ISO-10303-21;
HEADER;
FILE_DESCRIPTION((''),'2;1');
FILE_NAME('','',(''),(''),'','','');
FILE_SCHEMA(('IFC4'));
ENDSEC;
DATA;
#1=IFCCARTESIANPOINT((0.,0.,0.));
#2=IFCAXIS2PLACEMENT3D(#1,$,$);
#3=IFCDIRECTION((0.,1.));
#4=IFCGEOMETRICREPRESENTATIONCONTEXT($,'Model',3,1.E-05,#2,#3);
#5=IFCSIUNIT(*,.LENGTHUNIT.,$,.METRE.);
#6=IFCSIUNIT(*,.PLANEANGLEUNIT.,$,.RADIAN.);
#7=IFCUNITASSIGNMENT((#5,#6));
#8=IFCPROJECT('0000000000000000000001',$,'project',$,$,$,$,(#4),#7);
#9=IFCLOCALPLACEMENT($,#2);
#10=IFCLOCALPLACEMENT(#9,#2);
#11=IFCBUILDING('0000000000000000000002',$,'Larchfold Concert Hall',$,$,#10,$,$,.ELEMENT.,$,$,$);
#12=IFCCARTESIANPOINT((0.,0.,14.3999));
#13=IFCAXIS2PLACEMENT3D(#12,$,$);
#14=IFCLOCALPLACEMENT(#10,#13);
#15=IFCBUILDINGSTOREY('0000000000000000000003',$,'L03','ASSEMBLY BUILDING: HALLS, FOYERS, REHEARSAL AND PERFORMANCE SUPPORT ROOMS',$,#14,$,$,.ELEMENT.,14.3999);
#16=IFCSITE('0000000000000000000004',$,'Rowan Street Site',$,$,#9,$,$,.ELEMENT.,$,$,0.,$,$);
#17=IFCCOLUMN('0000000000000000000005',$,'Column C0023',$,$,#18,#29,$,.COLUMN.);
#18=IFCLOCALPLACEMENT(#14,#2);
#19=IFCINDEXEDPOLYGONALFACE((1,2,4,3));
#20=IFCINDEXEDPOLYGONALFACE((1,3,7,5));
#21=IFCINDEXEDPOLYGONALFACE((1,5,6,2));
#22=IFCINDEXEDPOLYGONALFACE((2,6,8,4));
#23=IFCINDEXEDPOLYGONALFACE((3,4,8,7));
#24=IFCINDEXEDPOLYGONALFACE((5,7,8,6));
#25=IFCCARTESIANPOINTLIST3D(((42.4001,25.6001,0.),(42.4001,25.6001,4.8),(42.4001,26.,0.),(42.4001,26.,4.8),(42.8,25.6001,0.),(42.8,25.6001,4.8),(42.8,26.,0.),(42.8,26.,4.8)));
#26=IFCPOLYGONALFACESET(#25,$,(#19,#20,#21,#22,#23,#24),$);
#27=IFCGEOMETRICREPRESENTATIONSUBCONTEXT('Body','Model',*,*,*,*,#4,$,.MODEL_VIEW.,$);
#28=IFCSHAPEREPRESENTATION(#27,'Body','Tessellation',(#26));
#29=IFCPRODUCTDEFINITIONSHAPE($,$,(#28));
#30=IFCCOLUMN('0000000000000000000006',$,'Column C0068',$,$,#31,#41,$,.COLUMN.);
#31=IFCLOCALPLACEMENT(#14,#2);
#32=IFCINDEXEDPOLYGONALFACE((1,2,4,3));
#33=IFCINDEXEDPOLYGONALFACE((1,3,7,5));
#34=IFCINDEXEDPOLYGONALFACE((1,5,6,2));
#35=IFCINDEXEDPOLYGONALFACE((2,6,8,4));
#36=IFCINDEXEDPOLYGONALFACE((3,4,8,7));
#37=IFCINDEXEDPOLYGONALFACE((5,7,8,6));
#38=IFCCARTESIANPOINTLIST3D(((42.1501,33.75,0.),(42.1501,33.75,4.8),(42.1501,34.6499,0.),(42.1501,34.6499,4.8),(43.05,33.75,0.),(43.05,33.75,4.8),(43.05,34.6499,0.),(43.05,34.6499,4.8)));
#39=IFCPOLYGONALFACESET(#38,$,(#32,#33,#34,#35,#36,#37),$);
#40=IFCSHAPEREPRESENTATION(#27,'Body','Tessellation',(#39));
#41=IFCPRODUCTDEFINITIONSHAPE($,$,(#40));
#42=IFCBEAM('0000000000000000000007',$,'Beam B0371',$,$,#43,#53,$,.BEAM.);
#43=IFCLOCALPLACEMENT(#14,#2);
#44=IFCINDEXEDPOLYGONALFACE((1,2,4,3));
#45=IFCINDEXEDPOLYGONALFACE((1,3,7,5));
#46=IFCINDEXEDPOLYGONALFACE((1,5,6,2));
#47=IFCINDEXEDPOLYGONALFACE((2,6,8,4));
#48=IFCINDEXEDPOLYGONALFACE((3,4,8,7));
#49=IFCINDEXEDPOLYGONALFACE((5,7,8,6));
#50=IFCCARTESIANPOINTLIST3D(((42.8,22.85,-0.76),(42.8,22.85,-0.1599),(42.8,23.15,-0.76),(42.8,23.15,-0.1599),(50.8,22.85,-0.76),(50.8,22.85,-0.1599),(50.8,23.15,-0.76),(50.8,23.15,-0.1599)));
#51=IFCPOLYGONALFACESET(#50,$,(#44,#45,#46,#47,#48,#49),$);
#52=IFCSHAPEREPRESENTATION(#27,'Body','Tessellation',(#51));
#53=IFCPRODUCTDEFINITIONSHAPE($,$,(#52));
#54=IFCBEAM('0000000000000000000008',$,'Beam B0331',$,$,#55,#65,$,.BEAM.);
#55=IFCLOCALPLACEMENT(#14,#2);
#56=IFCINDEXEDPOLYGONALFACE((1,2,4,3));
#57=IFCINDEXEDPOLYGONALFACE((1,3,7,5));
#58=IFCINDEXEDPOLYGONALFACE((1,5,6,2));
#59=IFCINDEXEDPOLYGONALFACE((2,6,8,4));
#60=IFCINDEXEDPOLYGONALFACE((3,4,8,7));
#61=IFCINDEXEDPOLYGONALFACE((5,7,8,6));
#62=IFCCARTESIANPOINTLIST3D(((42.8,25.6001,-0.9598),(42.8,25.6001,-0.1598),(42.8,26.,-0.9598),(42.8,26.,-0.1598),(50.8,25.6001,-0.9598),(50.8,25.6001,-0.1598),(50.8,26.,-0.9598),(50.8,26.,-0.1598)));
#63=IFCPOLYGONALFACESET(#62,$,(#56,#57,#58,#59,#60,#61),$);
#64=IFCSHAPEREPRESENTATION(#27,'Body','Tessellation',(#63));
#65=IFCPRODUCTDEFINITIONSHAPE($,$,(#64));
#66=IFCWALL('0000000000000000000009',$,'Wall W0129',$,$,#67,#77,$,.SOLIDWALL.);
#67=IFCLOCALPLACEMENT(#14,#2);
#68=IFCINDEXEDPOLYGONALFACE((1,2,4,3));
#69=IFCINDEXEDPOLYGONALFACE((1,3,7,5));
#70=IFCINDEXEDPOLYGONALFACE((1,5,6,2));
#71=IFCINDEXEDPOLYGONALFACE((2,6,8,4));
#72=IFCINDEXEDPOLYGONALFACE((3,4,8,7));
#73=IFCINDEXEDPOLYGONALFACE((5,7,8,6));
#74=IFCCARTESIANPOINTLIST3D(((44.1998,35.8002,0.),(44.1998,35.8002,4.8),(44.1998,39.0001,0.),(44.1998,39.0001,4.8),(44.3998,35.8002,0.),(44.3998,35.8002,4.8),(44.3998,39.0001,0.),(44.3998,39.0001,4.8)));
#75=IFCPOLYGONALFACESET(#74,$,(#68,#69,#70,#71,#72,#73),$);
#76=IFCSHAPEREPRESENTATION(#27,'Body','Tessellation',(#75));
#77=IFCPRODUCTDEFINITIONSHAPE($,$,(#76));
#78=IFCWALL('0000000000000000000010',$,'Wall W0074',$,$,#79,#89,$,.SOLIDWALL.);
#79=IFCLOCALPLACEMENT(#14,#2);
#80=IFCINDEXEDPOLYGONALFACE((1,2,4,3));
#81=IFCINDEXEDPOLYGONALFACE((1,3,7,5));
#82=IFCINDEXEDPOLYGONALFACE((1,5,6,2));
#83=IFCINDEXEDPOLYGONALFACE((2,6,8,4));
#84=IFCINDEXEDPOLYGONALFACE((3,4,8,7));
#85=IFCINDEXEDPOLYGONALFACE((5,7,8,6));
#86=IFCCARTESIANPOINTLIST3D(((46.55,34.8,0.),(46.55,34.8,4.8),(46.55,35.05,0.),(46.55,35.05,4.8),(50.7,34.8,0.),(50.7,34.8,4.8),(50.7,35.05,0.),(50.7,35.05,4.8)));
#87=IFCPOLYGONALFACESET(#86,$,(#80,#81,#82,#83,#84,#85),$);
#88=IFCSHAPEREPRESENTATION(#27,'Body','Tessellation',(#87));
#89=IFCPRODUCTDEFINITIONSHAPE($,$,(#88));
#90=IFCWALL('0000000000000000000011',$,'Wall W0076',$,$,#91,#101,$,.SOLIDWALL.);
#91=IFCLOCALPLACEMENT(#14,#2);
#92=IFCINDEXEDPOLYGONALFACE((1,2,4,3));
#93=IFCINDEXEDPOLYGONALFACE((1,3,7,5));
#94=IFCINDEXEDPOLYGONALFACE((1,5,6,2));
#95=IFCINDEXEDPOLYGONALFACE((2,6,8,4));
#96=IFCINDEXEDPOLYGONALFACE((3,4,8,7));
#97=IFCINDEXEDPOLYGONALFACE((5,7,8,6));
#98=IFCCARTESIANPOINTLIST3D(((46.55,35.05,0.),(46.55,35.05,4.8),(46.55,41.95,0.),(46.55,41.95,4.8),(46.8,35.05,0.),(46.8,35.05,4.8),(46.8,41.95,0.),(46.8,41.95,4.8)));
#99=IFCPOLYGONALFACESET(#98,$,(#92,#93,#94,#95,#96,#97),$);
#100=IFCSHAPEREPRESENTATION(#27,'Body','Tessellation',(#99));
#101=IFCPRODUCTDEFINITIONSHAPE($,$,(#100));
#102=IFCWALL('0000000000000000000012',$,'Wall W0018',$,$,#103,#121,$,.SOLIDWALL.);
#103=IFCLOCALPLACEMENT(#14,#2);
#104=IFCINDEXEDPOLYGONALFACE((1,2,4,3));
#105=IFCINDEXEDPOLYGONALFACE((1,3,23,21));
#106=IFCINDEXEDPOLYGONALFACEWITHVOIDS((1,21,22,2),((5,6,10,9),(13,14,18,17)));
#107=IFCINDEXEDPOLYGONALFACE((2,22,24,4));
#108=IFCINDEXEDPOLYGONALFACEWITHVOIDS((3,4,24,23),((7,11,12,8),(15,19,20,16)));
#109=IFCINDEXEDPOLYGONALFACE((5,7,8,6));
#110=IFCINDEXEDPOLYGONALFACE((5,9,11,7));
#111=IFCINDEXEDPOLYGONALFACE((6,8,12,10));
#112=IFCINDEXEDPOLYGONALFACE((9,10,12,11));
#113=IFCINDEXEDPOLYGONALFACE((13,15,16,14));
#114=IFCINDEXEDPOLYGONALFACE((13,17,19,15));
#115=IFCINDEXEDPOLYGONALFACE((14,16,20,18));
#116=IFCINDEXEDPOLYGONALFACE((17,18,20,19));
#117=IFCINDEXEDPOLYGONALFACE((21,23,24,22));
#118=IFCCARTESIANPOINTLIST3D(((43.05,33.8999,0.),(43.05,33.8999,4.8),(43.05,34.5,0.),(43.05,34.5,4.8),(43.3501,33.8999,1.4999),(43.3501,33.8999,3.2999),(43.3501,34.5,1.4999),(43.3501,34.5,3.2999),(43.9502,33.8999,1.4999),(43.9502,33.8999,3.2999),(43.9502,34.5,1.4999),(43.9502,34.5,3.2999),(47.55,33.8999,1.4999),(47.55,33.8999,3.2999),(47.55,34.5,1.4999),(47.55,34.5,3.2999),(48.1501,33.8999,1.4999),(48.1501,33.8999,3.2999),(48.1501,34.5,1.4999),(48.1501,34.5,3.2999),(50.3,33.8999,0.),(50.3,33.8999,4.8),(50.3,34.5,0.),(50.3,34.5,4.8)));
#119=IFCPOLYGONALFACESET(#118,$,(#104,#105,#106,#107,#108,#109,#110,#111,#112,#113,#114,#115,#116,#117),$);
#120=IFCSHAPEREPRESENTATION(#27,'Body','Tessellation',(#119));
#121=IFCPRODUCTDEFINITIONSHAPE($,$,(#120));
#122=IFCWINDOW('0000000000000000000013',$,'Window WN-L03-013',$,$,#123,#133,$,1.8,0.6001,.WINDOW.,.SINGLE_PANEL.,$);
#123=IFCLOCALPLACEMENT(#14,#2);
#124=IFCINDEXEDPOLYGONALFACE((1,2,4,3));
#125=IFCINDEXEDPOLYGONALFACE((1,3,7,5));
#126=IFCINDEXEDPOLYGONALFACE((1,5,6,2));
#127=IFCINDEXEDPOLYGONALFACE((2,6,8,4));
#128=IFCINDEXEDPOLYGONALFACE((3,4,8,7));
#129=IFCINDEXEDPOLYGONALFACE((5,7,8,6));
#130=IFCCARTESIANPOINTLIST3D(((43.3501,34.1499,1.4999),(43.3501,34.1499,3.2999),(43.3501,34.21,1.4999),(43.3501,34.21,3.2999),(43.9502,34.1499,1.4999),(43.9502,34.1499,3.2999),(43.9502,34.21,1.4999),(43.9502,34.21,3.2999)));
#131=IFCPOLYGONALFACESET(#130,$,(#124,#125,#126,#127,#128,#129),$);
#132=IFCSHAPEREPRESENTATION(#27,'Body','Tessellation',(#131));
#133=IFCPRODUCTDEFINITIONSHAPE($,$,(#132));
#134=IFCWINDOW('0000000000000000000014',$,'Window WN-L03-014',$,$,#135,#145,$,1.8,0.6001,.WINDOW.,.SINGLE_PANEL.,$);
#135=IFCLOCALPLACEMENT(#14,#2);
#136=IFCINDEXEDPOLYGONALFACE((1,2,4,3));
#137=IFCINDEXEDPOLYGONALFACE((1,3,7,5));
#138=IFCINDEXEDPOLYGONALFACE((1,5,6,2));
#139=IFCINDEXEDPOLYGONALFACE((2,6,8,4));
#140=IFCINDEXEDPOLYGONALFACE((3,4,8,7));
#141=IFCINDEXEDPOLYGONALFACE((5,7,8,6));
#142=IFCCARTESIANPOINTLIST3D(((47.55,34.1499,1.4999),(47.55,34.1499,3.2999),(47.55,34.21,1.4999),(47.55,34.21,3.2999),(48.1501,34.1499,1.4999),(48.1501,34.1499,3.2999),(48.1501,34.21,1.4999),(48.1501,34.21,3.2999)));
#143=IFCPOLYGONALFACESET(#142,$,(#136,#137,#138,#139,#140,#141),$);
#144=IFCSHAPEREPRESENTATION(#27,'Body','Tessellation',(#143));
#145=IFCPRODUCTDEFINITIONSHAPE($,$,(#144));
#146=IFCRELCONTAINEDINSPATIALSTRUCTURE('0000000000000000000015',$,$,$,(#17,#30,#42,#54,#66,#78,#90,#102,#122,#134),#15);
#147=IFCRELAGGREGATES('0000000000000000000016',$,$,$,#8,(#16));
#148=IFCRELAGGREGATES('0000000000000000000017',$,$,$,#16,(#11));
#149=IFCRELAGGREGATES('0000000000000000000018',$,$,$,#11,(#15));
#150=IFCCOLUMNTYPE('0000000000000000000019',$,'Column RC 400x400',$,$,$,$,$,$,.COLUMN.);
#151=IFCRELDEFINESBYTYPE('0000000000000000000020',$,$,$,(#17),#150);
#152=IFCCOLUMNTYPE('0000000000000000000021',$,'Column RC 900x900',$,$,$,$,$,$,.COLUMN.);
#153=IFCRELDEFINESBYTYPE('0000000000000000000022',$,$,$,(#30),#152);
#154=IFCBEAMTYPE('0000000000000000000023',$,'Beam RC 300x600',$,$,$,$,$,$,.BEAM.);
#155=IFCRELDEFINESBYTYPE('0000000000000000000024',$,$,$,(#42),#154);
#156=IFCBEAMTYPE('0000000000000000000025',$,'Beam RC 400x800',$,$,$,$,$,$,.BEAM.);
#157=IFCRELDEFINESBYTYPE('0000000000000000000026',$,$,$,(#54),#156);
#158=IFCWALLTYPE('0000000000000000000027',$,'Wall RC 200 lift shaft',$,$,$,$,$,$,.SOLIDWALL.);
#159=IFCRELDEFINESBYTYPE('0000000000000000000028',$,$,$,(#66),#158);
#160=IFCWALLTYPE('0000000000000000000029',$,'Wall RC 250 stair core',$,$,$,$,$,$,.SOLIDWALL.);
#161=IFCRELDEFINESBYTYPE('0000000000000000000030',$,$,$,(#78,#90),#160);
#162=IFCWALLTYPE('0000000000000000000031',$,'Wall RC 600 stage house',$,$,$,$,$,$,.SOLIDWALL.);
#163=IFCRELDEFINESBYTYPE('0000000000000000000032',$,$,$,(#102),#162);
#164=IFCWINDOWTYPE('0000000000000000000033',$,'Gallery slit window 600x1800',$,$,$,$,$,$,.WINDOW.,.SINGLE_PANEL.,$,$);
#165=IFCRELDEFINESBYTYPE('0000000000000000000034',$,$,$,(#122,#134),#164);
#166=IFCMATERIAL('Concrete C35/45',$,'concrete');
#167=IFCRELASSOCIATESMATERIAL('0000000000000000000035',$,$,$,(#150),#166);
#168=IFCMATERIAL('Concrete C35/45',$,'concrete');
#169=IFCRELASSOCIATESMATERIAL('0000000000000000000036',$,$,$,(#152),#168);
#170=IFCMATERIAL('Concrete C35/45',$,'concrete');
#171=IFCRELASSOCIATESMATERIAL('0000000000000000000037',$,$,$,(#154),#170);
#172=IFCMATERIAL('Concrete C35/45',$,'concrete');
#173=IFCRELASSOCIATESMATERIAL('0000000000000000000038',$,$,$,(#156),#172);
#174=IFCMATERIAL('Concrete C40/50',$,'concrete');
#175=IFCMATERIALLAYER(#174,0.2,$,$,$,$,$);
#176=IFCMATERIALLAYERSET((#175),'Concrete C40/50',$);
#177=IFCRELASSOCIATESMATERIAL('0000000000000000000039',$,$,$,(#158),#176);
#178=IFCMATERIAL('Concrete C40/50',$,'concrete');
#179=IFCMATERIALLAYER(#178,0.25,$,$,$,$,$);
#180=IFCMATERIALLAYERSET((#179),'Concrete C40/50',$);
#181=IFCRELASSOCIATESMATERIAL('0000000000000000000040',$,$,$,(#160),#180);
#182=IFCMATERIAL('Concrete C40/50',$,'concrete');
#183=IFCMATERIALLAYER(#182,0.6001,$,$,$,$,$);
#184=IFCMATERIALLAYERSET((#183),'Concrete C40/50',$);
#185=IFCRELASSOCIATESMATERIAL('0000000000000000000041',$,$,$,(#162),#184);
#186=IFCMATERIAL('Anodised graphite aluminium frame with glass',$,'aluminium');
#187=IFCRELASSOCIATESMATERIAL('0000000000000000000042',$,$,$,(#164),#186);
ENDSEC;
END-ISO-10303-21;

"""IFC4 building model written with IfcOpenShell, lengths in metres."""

from ifc_helpers import new_model, si_unit, direction, frame, frame_2d, origin, origin_2d, place, context, subcontext, project, spatial, rectangle, extrude, material, layer, layer_set, material_profile, profile_set, type_object, element, fill, save


model = new_model("IFC4")

# Units and contexts
model_context = context("Model", 3, precision=1e-05, world=origin(), true_north=direction((0.0, 1.0)))
body_context = subcontext(model_context, "Body", "Model", "MODEL_VIEW")
ifc_project = project(units=[si_unit("LENGTHUNIT", "METRE"), si_unit("PLANEANGLEUNIT", "RADIAN")], contexts=[model_context])

# Site, building, storey
site_placement = place(None, origin())
site = spatial("IfcSite", under=ifc_project, at=site_placement, Name="Rowan Street Site", CompositionType="ELEMENT", RefElevation=0.0)
building_placement = place(site_placement, origin())
building = spatial("IfcBuilding", under=site, at=building_placement, Name="Larchfold Concert Hall", CompositionType="ELEMENT")
storey_placement = place(building_placement, frame((0.0, 0.0, 14.3999)))
storey = spatial("IfcBuildingStorey", under=building, at=storey_placement, Name="L03", Description="ASSEMBLY BUILDING: HALLS, FOYERS, REHEARSAL AND PERFORMANCE SUPPORT ROOMS", CompositionType="ELEMENT", Elevation=14.3999)

# Columns
ifc_material_1 = material(Name="Concrete C35/45", Category="concrete")
ifc_material_profile_1 = material_profile(ifc_material_1, rectangle(XDim=0.3999, YDim=0.3999, at=origin_2d()))
ifc_profile_set_1 = profile_set([ifc_material_profile_1], Name="Concrete C35/45")
column_type_1 = type_object("IfcColumnType", Name="Column RC 400x400", PredefinedType="COLUMN", material=ifc_profile_set_1)
column_1_placement = place(storey_placement, frame((42.6001, 25.8, 0.0), z_axis=(0.0, 0.0, 1.0), x_axis=(1.0, 0.0, 0.0)))
element("IfcColumn", 1, at=column_1_placement, inside=storey, type_object=column_type_1, Name="Column C0023", PredefinedType="COLUMN", context=body_context, shape_type="SweptSolid", body=[
    extrude(rectangle(XDim=0.3999, YDim=0.3999, at=origin_2d()), origin(), (0.0, 0.0, 1.0), 4.8),
])
ifc_material_2 = material(Name="Concrete C35/45", Category="concrete")
ifc_material_profile_2 = material_profile(ifc_material_2, rectangle(XDim=0.8999, YDim=0.8999, at=origin_2d()))
ifc_profile_set_2 = profile_set([ifc_material_profile_2], Name="Concrete C35/45")
column_type_2 = type_object("IfcColumnType", Name="Column RC 900x900", PredefinedType="COLUMN", material=ifc_profile_set_2)
column_2_placement = place(storey_placement, frame((42.6001, 34.2, 0.0), z_axis=(0.0, 0.0, 1.0), x_axis=(1.0, 0.0, 0.0)))
element("IfcColumn", 2, at=column_2_placement, inside=storey, type_object=column_type_2, Name="Column C0068", PredefinedType="COLUMN", context=body_context, shape_type="SweptSolid", body=[
    extrude(rectangle(XDim=0.8999, YDim=0.8999, at=origin_2d()), origin(), (0.0, 0.0, 1.0), 4.8),
])

# Beams
ifc_material_3 = material(Name="Concrete C35/45", Category="concrete")
ifc_material_profile_3 = material_profile(ifc_material_3, rectangle(XDim=0.3, YDim=0.6001, at=origin_2d()))
ifc_profile_set_3 = profile_set([ifc_material_profile_3], Name="Concrete C35/45")
beam_type_1 = type_object("IfcBeamType", Name="Beam RC 300x600", PredefinedType="BEAM", material=ifc_profile_set_3)
beam_1_placement = place(storey_placement, frame((42.8, 23.0, -0.46), z_axis=(1.0, 0.0, 0.0), x_axis=(0.0, 1.0, 0.0)))
element("IfcBeam", 3, at=beam_1_placement, inside=storey, type_object=beam_type_1, Name="Beam B0371", PredefinedType="BEAM", context=body_context, shape_type="SweptSolid", body=[
    extrude(rectangle(XDim=0.3, YDim=0.6001, at=origin_2d()), origin(), (0.0, 0.0, 1.0), 8.0),
])
ifc_material_4 = material(Name="Concrete C35/45", Category="concrete")
ifc_material_profile_4 = material_profile(ifc_material_4, rectangle(XDim=0.3999, YDim=0.8, at=origin_2d()))
ifc_profile_set_4 = profile_set([ifc_material_profile_4], Name="Concrete C35/45")
beam_type_2 = type_object("IfcBeamType", Name="Beam RC 400x800", PredefinedType="BEAM", material=ifc_profile_set_4)
beam_2_placement = place(storey_placement, frame((42.8, 25.8, -0.5598), z_axis=(1.0, 0.0, 0.0), x_axis=(0.0, 1.0, 0.0)))
element("IfcBeam", 4, at=beam_2_placement, inside=storey, type_object=beam_type_2, Name="Beam B0331", PredefinedType="BEAM", context=body_context, shape_type="SweptSolid", body=[
    extrude(rectangle(XDim=0.3999, YDim=0.8, at=origin_2d()), origin(), (0.0, 0.0, 1.0), 8.0),
])

# Walls
ifc_material_5 = material(Name="Concrete C40/50", Category="concrete")
ifc_layer_1 = layer(ifc_material_5, 0.2)
ifc_layer_set_1 = layer_set([ifc_layer_1], Name="Concrete C40/50")
wall_type_1 = type_object("IfcWallType", Name="Wall RC 200 lift shaft", PredefinedType="SOLIDWALL", material=ifc_layer_set_1)
wall_1_placement = place(storey_placement, frame((44.2998, 35.8, 0.0), z_axis=(0.0, 0.0, 1.0), x_axis=(0.0, 1.0, 0.0)))
element("IfcWall", 5, at=wall_1_placement, inside=storey, type_object=wall_type_1, Name="Wall W0129", PredefinedType="SOLIDWALL", context=body_context, shape_type="SweptSolid", body=[
    extrude(rectangle(XDim=3.2, YDim=0.2, at=frame_2d((1.6001, 0.0))), origin(), (0.0, 0.0, 1.0), 4.8),
])
ifc_material_6 = material(Name="Concrete C40/50", Category="concrete")
ifc_layer_2 = layer(ifc_material_6, 0.25)
ifc_layer_set_2 = layer_set([ifc_layer_2], Name="Concrete C40/50")
wall_type_2 = type_object("IfcWallType", Name="Wall RC 250 stair core", PredefinedType="SOLIDWALL", material=ifc_layer_set_2)
wall_2_placement = place(storey_placement, frame((46.55, 34.925, 0.0), z_axis=(0.0, 0.0, 1.0), x_axis=(1.0, 0.0, 0.0)))
element("IfcWall", 6, at=wall_2_placement, inside=storey, type_object=wall_type_2, Name="Wall W0074", PredefinedType="SOLIDWALL", context=body_context, shape_type="SweptSolid", body=[
    extrude(rectangle(XDim=4.1499, YDim=0.25, at=frame_2d((2.075, 0.0))), origin(), (0.0, 0.0, 1.0), 4.8),
])
wall_3_placement = place(storey_placement, frame((46.675, 35.05, 0.0), z_axis=(0.0, 0.0, 1.0), x_axis=(0.0, 1.0, 0.0)))
element("IfcWall", 7, at=wall_3_placement, inside=storey, type_object=wall_type_2, Name="Wall W0076", PredefinedType="SOLIDWALL", context=body_context, shape_type="SweptSolid", body=[
    extrude(rectangle(XDim=6.8999, YDim=0.25, at=frame_2d((3.45, 0.0))), origin(), (0.0, 0.0, 1.0), 4.8),
])

# Wall, openings, windows
ifc_material_7 = material(Name="Concrete C40/50", Category="concrete")
ifc_layer_3 = layer(ifc_material_7, 0.6001)
ifc_layer_set_3 = layer_set([ifc_layer_3], Name="Concrete C40/50")
wall_type_3 = type_object("IfcWallType", Name="Wall RC 600 stage house", PredefinedType="SOLIDWALL", material=ifc_layer_set_3)
wall_4_placement = place(storey_placement, frame((43.05, 34.2, 0.0), z_axis=(0.0, 0.0, 1.0), x_axis=(1.0, 0.0, 0.0)))
wall_4 = element("IfcWall", 8, at=wall_4_placement, inside=storey, type_object=wall_type_3, Name="Wall W0018", PredefinedType="SOLIDWALL", context=body_context, shape_type="SweptSolid", body=[
    extrude(rectangle(XDim=7.25, YDim=0.6001, at=frame_2d((3.625, 0.0))), origin(), (0.0, 0.0, 1.0), 4.8),
])
opening_1_placement = place(wall_4_placement, frame((0.3, 0.0, 1.5)))
opening_1 = element("IfcOpeningElement", 9, at=opening_1_placement, cuts=wall_4, PredefinedType="OPENING", context=body_context, shape_type="SweptSolid", body=[
    extrude(rectangle(XDim=0.6001, YDim=1.8, at=frame_2d((0.3, 0.8999))), frame((0.0, 0.3101, 0.0), z_axis=(0.0, -1.0, 0.0), x_axis=(1.0, 0.0, 0.0)), (0.0, 0.0, 1.0), 0.6201),
])
opening_2_placement = place(wall_4_placement, frame((4.5, 0.0, 1.5)))
opening_2 = element("IfcOpeningElement", 10, at=opening_2_placement, cuts=wall_4, PredefinedType="OPENING", context=body_context, shape_type="SweptSolid", body=[
    extrude(rectangle(XDim=0.6001, YDim=1.8, at=frame_2d((0.3, 0.8999))), frame((0.0, 0.3101, 0.0), z_axis=(0.0, -1.0, 0.0), x_axis=(1.0, 0.0, 0.0)), (0.0, 0.0, 1.0), 0.6201),
])
ifc_material_8 = material(Name="Anodised graphite aluminium frame with glass", Category="aluminium")
window_type = type_object("IfcWindowType", Name="Gallery slit window 600x1800", PartitioningType="SINGLE_PANEL", PredefinedType="WINDOW", material=ifc_material_8)
window_1_placement = place(opening_1_placement, origin())
window_1 = element("IfcWindow", 11, at=window_1_placement, inside=storey, type_object=window_type, Name="Window WN-L03-013", OverallHeight=1.8, OverallWidth=0.6001, PartitioningType="SINGLE_PANEL", PredefinedType="WINDOW", context=body_context, shape_type="SweptSolid", body=[
    extrude(rectangle(XDim=0.6001, YDim=1.8, at=frame_2d((0.3, 0.8999))), frame((0.0, 0.01, 0.0), z_axis=(0.0, -1.0, 0.0), x_axis=(1.0, 0.0, 0.0)), (0.0, 0.0, 1.0), 0.0601),
])
fill(opening_1, window_1)
window_2_placement = place(opening_2_placement, origin())
window_2 = element("IfcWindow", 12, at=window_2_placement, inside=storey, type_object=window_type, Name="Window WN-L03-014", OverallHeight=1.8, OverallWidth=0.6001, PartitioningType="SINGLE_PANEL", PredefinedType="WINDOW", context=body_context, shape_type="SweptSolid", body=[
    extrude(rectangle(XDim=0.6001, YDim=1.8, at=frame_2d((0.3, 0.8999))), frame((0.0, 0.01, 0.0), z_axis=(0.0, -1.0, 0.0), x_axis=(1.0, 0.0, 0.0)), (0.0, 0.0, 1.0), 0.0601),
])
fill(opening_2, window_2)

save(model, "model.ifc")
